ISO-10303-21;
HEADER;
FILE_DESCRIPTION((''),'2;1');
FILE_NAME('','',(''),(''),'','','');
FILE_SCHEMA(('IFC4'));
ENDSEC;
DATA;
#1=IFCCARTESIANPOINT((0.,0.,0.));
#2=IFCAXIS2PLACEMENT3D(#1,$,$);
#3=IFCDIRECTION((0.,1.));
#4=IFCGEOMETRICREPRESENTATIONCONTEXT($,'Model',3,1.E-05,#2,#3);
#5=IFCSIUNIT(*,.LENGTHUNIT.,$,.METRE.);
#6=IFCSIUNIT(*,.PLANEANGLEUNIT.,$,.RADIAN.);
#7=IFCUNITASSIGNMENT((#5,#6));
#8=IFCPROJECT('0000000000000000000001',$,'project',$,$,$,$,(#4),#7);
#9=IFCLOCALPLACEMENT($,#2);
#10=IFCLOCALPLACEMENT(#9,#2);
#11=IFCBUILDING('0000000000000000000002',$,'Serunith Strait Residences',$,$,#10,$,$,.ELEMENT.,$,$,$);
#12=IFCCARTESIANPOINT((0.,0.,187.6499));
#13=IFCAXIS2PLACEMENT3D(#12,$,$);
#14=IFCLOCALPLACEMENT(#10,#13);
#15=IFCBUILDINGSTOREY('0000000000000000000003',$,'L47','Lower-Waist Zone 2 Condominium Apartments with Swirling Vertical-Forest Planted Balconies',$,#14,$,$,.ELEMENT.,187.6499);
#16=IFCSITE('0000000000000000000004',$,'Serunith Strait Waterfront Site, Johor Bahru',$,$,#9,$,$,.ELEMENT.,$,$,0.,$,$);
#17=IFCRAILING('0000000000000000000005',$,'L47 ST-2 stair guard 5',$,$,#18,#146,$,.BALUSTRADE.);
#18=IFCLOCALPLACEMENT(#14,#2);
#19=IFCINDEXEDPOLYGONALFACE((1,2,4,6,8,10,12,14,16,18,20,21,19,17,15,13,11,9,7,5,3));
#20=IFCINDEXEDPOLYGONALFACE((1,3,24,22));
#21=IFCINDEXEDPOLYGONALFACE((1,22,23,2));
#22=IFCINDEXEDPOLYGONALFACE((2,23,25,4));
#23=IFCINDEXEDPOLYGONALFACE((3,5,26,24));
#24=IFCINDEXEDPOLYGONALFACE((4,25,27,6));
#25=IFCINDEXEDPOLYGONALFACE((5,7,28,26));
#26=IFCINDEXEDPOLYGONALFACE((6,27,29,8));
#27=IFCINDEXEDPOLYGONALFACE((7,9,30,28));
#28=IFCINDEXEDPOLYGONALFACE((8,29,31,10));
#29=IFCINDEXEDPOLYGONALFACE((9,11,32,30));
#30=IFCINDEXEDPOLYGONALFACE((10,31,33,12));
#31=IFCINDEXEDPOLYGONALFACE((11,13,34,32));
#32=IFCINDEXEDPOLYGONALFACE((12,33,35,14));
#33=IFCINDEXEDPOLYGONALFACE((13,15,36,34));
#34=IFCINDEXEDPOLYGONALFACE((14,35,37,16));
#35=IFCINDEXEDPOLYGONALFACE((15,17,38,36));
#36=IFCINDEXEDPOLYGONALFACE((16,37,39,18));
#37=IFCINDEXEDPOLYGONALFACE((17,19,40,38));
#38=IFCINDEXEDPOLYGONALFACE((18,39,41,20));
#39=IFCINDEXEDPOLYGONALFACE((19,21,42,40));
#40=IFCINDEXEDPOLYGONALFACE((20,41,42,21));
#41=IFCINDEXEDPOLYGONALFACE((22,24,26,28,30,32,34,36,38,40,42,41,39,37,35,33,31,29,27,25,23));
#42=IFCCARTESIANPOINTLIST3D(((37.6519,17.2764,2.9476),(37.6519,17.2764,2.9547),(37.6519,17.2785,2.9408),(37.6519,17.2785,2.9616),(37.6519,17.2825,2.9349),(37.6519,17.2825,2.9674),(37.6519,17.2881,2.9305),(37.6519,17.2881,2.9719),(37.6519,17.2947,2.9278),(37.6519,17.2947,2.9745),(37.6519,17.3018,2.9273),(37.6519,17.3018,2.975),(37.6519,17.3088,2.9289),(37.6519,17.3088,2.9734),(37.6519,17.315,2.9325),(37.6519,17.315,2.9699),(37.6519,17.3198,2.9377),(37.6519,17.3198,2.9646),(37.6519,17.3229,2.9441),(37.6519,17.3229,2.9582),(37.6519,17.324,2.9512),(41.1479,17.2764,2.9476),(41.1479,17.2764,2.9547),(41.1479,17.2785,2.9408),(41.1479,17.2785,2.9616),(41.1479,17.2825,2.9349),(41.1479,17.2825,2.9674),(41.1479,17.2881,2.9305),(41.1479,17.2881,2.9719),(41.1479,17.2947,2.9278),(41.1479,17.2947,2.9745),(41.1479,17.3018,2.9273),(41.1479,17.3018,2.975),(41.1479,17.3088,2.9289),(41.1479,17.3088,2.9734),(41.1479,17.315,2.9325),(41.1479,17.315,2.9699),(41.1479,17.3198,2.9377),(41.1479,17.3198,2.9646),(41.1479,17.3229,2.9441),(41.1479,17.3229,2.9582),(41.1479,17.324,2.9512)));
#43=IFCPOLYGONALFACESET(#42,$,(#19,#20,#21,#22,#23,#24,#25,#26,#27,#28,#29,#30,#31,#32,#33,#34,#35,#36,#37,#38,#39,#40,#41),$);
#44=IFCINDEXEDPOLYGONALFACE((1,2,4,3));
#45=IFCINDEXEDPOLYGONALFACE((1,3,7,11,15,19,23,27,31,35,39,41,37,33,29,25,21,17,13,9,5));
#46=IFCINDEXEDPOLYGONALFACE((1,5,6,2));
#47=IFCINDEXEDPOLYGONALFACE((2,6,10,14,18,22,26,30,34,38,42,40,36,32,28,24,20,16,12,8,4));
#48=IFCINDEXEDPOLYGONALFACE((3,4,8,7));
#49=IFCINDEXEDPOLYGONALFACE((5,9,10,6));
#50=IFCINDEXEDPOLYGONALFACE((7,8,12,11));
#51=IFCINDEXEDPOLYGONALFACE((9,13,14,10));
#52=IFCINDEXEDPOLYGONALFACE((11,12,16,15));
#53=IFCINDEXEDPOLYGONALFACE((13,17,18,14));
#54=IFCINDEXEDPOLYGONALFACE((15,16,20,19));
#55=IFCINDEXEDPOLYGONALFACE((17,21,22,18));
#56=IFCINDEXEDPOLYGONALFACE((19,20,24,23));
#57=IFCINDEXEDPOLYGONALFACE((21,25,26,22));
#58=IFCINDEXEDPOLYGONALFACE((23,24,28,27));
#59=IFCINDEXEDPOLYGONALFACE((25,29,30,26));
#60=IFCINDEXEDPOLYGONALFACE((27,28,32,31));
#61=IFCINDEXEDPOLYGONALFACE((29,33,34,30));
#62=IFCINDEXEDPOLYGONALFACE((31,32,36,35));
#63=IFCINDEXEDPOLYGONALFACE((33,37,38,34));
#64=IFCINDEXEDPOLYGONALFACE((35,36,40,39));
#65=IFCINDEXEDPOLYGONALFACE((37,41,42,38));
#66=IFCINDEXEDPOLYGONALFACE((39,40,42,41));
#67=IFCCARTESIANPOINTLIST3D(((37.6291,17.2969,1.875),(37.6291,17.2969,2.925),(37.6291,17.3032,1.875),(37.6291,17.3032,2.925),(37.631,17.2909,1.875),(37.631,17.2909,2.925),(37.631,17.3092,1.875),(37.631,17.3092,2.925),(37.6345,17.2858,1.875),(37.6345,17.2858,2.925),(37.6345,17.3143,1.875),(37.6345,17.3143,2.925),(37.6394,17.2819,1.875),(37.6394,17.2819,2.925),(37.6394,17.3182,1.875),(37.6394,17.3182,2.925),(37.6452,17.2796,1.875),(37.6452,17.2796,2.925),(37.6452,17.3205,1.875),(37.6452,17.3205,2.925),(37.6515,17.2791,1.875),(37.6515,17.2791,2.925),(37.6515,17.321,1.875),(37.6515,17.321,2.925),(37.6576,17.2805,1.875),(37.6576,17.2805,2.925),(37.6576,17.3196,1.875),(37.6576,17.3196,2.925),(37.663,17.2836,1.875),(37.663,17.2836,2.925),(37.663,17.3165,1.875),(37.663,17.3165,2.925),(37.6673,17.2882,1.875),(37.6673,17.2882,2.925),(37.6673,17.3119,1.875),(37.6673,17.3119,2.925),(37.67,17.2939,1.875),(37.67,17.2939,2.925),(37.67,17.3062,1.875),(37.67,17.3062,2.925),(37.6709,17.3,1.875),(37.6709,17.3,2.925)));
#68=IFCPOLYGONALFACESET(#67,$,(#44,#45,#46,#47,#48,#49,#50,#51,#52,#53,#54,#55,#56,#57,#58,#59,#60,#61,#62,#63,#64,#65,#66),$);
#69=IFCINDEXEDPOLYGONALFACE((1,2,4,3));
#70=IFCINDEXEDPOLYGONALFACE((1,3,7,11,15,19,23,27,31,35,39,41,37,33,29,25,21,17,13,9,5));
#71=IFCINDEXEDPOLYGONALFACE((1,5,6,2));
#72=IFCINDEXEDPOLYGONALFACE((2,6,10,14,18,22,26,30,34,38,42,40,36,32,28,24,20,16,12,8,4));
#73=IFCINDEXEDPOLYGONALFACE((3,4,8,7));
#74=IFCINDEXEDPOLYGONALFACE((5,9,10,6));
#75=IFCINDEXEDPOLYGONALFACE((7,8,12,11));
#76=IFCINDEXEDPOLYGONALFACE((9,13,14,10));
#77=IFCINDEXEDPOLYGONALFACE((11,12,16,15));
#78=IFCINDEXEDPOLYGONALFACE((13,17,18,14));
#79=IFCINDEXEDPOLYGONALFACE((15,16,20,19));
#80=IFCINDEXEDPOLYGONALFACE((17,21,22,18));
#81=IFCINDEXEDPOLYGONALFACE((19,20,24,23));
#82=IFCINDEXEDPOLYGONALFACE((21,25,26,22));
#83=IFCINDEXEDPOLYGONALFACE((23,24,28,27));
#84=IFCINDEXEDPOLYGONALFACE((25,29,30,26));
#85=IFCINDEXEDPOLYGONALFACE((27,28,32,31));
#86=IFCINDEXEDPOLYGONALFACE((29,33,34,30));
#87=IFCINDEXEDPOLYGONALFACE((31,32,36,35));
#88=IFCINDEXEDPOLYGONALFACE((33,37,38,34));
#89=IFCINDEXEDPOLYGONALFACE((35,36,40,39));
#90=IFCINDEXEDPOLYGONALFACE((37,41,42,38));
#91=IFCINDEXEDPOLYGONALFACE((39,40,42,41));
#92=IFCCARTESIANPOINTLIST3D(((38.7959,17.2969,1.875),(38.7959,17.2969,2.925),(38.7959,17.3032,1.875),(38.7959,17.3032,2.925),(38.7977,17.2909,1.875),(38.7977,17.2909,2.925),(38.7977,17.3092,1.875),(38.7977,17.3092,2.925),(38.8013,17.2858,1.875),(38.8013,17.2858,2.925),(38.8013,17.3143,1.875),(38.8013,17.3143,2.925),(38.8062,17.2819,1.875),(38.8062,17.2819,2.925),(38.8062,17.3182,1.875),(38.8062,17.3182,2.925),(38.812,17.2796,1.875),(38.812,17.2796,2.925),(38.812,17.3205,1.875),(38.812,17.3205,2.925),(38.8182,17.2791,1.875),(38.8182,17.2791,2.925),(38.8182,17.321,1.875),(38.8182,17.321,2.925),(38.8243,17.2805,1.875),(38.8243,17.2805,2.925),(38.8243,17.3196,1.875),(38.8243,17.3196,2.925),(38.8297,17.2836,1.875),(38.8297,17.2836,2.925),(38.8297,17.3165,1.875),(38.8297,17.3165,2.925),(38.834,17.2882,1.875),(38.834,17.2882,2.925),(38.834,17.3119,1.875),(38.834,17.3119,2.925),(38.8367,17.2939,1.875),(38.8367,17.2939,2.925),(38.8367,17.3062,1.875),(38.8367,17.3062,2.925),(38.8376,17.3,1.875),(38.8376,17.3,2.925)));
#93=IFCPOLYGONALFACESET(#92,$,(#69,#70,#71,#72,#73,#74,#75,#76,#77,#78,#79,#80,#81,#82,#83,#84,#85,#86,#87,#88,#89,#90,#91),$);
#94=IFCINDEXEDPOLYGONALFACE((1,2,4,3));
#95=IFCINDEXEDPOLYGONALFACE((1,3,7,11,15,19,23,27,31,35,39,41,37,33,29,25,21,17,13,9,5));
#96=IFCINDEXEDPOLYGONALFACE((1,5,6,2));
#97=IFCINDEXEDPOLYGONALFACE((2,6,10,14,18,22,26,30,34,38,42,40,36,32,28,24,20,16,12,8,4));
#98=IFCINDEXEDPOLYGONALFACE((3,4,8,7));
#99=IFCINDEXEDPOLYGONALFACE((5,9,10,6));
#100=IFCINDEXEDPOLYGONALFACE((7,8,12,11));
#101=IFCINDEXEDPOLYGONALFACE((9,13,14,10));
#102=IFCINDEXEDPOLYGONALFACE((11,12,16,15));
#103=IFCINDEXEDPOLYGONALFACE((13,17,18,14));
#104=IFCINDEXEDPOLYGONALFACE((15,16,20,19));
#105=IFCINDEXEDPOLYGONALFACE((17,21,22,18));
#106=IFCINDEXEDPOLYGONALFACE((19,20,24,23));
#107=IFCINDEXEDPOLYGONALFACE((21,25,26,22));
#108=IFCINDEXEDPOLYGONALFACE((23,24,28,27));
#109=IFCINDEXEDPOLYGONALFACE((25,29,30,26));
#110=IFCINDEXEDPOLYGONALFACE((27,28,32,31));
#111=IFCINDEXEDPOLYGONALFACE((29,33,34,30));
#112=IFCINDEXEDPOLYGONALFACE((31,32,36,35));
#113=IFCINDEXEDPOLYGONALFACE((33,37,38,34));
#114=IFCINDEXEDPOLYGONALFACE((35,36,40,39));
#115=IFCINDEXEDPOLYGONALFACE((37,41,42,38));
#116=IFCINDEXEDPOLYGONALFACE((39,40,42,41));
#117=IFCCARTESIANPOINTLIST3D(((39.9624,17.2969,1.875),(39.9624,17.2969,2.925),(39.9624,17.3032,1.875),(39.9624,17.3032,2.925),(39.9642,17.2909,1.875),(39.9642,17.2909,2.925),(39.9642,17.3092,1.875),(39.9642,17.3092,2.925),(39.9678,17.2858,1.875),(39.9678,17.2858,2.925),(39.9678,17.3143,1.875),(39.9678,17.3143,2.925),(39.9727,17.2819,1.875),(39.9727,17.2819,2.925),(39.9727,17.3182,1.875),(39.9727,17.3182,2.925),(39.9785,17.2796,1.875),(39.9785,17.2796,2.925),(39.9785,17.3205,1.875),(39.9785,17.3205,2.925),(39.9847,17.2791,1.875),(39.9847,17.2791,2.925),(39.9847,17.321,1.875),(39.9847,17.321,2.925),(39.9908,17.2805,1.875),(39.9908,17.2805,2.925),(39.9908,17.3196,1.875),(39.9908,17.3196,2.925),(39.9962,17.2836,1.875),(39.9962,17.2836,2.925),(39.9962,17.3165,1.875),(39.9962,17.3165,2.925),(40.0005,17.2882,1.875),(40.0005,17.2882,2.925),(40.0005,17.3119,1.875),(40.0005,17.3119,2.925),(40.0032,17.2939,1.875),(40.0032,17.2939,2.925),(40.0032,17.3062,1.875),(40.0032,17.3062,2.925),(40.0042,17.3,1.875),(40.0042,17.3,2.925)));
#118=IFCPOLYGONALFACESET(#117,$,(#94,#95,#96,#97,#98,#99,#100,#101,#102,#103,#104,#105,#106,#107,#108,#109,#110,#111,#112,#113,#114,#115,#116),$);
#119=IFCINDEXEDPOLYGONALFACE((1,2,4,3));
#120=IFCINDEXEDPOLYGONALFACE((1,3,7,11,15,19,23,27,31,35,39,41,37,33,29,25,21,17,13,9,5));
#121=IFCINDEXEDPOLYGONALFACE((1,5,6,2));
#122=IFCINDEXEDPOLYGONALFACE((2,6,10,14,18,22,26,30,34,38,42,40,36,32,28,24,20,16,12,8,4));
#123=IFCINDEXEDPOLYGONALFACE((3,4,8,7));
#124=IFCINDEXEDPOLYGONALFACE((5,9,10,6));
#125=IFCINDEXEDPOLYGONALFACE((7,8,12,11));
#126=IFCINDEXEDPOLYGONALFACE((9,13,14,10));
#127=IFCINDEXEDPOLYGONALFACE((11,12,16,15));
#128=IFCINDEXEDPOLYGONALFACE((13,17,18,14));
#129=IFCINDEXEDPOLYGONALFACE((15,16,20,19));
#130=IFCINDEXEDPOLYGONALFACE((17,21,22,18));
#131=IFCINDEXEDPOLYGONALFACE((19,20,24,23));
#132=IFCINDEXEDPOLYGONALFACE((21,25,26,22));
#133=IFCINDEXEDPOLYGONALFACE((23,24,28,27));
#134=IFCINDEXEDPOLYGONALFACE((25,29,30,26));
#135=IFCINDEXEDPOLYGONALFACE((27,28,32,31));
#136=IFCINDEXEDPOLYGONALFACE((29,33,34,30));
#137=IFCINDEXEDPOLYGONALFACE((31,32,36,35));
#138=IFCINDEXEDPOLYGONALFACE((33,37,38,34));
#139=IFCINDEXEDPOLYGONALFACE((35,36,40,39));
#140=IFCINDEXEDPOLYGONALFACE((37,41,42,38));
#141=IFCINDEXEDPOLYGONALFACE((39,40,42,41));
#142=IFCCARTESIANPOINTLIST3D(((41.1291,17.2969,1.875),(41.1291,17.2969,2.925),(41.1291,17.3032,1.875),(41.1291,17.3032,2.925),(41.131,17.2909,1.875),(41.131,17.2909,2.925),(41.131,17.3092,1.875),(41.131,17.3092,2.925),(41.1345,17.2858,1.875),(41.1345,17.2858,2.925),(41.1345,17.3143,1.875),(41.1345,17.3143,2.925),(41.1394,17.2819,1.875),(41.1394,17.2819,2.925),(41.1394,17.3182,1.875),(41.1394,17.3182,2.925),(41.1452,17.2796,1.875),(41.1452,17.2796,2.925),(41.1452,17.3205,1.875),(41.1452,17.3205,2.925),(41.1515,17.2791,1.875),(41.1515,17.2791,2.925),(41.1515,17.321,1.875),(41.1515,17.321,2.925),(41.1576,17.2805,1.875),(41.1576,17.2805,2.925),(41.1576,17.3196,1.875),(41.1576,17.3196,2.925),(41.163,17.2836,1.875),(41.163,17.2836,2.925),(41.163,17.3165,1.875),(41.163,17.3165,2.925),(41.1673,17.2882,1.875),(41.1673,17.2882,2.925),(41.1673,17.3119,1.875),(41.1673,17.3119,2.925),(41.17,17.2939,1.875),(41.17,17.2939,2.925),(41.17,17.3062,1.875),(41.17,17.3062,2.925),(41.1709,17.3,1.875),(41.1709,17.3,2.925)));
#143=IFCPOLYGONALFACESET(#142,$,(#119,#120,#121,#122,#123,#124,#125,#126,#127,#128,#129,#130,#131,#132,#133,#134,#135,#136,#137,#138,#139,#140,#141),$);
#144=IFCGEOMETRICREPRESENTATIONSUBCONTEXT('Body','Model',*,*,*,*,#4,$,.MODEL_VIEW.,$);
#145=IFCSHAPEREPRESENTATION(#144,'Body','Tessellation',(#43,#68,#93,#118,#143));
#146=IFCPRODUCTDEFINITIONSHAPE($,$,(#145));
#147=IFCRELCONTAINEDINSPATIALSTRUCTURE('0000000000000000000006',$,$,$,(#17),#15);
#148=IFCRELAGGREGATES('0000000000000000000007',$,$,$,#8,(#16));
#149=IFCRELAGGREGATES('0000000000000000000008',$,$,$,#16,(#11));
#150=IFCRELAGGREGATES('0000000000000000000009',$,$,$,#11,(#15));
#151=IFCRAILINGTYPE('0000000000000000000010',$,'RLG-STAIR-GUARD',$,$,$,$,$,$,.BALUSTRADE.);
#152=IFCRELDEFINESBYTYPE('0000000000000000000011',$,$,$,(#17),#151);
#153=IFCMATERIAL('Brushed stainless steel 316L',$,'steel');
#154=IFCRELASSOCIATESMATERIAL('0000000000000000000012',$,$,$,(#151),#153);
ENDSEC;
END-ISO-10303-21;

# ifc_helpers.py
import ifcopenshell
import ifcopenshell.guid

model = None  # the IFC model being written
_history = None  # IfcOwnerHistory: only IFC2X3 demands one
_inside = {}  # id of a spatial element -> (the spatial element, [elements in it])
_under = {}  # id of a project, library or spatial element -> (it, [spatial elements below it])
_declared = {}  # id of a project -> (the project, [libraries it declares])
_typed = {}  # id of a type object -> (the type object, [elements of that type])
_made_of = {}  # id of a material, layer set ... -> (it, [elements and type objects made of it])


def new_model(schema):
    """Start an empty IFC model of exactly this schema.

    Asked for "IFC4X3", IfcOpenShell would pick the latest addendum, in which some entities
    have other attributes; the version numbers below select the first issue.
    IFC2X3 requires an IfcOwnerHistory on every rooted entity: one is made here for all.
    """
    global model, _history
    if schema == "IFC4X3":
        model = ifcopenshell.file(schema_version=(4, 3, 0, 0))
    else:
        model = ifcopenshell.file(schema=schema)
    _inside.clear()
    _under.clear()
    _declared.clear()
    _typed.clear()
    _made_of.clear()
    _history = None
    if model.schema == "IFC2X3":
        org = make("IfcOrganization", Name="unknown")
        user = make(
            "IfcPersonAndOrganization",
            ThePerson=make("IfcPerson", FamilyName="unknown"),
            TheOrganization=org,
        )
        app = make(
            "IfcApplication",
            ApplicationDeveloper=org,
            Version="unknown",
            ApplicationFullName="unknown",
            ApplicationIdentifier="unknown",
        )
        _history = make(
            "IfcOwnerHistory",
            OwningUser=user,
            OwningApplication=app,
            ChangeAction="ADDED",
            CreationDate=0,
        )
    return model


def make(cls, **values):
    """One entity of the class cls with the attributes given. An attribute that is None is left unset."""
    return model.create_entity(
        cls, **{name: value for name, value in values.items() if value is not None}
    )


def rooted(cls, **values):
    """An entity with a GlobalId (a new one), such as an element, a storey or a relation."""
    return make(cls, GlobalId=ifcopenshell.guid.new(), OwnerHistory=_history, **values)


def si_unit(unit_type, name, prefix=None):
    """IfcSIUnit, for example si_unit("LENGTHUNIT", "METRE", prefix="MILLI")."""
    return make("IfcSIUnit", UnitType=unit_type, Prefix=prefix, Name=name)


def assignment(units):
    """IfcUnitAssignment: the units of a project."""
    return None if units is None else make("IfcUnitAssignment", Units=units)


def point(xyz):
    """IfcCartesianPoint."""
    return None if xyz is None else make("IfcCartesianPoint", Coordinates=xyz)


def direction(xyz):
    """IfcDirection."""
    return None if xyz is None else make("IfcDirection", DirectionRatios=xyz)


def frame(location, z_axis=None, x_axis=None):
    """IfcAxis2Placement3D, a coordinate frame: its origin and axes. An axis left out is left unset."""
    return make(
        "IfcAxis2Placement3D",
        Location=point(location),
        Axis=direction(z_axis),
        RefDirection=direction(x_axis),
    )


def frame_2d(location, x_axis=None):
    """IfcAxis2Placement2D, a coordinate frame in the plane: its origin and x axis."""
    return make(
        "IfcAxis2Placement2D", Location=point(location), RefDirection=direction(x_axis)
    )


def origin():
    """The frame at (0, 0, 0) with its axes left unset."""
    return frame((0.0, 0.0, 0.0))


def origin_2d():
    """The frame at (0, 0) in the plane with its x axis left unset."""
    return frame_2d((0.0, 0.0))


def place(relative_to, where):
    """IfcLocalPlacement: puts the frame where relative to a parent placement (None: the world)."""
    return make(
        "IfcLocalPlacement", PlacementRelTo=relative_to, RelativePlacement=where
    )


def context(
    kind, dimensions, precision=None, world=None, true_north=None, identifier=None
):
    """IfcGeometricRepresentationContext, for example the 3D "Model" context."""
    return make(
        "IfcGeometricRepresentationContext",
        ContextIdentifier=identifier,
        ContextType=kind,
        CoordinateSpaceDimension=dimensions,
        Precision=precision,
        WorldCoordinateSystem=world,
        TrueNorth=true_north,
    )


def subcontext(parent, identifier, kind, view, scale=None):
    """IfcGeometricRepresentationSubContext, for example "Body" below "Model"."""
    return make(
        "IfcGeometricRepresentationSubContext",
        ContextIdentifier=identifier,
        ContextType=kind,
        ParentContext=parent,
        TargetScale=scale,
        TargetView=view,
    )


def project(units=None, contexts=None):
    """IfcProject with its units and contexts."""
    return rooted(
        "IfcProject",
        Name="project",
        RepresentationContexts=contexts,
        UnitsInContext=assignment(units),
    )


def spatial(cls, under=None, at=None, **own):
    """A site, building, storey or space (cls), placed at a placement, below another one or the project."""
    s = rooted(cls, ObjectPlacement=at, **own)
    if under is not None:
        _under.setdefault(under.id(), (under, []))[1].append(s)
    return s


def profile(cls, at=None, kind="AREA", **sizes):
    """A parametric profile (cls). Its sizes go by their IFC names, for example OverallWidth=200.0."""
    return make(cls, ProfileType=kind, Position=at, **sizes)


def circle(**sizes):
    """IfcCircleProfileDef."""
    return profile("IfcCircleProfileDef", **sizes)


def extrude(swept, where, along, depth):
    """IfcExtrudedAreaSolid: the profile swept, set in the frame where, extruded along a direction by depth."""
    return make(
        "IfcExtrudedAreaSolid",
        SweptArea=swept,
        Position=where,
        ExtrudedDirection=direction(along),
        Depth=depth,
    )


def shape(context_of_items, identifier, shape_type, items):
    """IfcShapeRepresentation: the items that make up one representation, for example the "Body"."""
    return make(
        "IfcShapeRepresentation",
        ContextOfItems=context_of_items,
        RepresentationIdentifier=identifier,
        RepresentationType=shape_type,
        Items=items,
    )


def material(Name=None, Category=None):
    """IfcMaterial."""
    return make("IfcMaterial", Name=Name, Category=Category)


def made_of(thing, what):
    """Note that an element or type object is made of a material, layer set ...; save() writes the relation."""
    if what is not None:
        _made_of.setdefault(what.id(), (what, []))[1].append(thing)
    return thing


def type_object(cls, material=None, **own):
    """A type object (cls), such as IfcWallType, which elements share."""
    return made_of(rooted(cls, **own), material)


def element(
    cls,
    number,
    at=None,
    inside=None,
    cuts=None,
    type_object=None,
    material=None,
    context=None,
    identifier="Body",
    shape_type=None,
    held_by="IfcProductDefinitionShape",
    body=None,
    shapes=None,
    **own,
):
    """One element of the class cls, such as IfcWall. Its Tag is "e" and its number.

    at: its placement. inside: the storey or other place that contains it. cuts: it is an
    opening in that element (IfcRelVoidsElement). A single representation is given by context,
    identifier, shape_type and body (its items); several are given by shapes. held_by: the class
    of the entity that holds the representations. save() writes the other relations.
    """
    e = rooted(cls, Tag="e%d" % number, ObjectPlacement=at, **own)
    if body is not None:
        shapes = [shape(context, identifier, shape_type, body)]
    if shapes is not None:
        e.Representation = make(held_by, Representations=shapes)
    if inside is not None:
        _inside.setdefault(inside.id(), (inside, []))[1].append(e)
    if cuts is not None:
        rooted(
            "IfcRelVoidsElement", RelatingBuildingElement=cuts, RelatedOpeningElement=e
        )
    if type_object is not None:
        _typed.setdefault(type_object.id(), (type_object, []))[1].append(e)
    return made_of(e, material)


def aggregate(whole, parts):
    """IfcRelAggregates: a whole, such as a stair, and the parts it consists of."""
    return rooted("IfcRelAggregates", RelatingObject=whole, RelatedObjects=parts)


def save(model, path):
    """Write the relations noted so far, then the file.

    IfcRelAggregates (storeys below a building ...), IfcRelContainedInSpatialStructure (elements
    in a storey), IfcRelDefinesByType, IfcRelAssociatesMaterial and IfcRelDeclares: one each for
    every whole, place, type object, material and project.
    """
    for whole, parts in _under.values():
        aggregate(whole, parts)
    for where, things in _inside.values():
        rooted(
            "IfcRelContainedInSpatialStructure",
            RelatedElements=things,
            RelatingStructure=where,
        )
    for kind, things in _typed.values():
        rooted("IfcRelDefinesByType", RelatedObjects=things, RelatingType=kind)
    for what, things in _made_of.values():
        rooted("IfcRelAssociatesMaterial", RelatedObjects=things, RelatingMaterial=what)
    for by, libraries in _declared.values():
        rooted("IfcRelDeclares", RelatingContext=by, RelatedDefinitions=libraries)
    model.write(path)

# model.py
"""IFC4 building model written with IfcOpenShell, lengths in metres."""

from ifc_helpers import new_model, si_unit, direction, frame, origin, origin_2d, place, context, subcontext, project, spatial, circle, extrude, material, type_object, element, save


model = new_model("IFC4")

# Units and contexts
model_context = context("Model", 3, precision=1e-05, world=origin(), true_north=direction((0.0, 1.0)))
body_context = subcontext(model_context, "Body", "Model", "MODEL_VIEW")
ifc_project = project(units=[si_unit("LENGTHUNIT", "METRE"), si_unit("PLANEANGLEUNIT", "RADIAN")], contexts=[model_context])

# Site, building, storey
site_placement = place(None, origin())
site = spatial("IfcSite", under=ifc_project, at=site_placement, Name="Serunith Strait Waterfront Site, Johor Bahru", CompositionType="ELEMENT", RefElevation=0.0)
building_placement = place(site_placement, origin())
building = spatial("IfcBuilding", under=site, at=building_placement, Name="Serunith Strait Residences", CompositionType="ELEMENT")
storey_placement = place(building_placement, frame((0.0, 0.0, 187.6499)))
storey = spatial("IfcBuildingStorey", under=building, at=storey_placement, Name="L47", Description="Lower-Waist Zone 2 Condominium Apartments with Swirling Vertical-Forest Planted Balconies", CompositionType="ELEMENT", Elevation=187.6499)

# Railing
ifc_material_1 = material(Name="Brushed stainless steel 316L", Category="steel")
railing_type_1 = type_object("IfcRailingType", Name="RLG-STAIR-GUARD", PredefinedType="BALUSTRADE", material=ifc_material_1)
railing_1_placement = place(storey_placement, frame((37.6499, 17.3, 1.875)))
element("IfcRailing", 1, at=railing_1_placement, inside=storey, type_object=railing_type_1, Name="L47 ST-2 stair guard 5", PredefinedType="BALUSTRADE", context=body_context, shape_type="SweptSolid", body=[
    extrude(circle(Radius=0.0239, at=origin_2d()), frame((0.002, 0.0, 1.0762), z_axis=(1.0, 0.0, 0.0), x_axis=(0.0, 1.0, 0.0)), (0.0, 0.0, 1.0), 3.4961),
    extrude(circle(Radius=0.021, at=origin_2d()), origin(), (0.0, 0.0, 1.0), 1.05),
    extrude(circle(Radius=0.021, at=origin_2d()), frame((1.1667, 0.0, 0.0)), (0.0, 0.0, 1.0), 1.05),
    extrude(circle(Radius=0.021, at=origin_2d()), frame((2.3333, 0.0, 0.0)), (0.0, 0.0, 1.0), 1.05),
    extrude(circle(Radius=0.021, at=origin_2d()), frame((3.5, 0.0, 0.0)), (0.0, 0.0, 1.0), 1.05),
])

save(model, "model.ifc")
